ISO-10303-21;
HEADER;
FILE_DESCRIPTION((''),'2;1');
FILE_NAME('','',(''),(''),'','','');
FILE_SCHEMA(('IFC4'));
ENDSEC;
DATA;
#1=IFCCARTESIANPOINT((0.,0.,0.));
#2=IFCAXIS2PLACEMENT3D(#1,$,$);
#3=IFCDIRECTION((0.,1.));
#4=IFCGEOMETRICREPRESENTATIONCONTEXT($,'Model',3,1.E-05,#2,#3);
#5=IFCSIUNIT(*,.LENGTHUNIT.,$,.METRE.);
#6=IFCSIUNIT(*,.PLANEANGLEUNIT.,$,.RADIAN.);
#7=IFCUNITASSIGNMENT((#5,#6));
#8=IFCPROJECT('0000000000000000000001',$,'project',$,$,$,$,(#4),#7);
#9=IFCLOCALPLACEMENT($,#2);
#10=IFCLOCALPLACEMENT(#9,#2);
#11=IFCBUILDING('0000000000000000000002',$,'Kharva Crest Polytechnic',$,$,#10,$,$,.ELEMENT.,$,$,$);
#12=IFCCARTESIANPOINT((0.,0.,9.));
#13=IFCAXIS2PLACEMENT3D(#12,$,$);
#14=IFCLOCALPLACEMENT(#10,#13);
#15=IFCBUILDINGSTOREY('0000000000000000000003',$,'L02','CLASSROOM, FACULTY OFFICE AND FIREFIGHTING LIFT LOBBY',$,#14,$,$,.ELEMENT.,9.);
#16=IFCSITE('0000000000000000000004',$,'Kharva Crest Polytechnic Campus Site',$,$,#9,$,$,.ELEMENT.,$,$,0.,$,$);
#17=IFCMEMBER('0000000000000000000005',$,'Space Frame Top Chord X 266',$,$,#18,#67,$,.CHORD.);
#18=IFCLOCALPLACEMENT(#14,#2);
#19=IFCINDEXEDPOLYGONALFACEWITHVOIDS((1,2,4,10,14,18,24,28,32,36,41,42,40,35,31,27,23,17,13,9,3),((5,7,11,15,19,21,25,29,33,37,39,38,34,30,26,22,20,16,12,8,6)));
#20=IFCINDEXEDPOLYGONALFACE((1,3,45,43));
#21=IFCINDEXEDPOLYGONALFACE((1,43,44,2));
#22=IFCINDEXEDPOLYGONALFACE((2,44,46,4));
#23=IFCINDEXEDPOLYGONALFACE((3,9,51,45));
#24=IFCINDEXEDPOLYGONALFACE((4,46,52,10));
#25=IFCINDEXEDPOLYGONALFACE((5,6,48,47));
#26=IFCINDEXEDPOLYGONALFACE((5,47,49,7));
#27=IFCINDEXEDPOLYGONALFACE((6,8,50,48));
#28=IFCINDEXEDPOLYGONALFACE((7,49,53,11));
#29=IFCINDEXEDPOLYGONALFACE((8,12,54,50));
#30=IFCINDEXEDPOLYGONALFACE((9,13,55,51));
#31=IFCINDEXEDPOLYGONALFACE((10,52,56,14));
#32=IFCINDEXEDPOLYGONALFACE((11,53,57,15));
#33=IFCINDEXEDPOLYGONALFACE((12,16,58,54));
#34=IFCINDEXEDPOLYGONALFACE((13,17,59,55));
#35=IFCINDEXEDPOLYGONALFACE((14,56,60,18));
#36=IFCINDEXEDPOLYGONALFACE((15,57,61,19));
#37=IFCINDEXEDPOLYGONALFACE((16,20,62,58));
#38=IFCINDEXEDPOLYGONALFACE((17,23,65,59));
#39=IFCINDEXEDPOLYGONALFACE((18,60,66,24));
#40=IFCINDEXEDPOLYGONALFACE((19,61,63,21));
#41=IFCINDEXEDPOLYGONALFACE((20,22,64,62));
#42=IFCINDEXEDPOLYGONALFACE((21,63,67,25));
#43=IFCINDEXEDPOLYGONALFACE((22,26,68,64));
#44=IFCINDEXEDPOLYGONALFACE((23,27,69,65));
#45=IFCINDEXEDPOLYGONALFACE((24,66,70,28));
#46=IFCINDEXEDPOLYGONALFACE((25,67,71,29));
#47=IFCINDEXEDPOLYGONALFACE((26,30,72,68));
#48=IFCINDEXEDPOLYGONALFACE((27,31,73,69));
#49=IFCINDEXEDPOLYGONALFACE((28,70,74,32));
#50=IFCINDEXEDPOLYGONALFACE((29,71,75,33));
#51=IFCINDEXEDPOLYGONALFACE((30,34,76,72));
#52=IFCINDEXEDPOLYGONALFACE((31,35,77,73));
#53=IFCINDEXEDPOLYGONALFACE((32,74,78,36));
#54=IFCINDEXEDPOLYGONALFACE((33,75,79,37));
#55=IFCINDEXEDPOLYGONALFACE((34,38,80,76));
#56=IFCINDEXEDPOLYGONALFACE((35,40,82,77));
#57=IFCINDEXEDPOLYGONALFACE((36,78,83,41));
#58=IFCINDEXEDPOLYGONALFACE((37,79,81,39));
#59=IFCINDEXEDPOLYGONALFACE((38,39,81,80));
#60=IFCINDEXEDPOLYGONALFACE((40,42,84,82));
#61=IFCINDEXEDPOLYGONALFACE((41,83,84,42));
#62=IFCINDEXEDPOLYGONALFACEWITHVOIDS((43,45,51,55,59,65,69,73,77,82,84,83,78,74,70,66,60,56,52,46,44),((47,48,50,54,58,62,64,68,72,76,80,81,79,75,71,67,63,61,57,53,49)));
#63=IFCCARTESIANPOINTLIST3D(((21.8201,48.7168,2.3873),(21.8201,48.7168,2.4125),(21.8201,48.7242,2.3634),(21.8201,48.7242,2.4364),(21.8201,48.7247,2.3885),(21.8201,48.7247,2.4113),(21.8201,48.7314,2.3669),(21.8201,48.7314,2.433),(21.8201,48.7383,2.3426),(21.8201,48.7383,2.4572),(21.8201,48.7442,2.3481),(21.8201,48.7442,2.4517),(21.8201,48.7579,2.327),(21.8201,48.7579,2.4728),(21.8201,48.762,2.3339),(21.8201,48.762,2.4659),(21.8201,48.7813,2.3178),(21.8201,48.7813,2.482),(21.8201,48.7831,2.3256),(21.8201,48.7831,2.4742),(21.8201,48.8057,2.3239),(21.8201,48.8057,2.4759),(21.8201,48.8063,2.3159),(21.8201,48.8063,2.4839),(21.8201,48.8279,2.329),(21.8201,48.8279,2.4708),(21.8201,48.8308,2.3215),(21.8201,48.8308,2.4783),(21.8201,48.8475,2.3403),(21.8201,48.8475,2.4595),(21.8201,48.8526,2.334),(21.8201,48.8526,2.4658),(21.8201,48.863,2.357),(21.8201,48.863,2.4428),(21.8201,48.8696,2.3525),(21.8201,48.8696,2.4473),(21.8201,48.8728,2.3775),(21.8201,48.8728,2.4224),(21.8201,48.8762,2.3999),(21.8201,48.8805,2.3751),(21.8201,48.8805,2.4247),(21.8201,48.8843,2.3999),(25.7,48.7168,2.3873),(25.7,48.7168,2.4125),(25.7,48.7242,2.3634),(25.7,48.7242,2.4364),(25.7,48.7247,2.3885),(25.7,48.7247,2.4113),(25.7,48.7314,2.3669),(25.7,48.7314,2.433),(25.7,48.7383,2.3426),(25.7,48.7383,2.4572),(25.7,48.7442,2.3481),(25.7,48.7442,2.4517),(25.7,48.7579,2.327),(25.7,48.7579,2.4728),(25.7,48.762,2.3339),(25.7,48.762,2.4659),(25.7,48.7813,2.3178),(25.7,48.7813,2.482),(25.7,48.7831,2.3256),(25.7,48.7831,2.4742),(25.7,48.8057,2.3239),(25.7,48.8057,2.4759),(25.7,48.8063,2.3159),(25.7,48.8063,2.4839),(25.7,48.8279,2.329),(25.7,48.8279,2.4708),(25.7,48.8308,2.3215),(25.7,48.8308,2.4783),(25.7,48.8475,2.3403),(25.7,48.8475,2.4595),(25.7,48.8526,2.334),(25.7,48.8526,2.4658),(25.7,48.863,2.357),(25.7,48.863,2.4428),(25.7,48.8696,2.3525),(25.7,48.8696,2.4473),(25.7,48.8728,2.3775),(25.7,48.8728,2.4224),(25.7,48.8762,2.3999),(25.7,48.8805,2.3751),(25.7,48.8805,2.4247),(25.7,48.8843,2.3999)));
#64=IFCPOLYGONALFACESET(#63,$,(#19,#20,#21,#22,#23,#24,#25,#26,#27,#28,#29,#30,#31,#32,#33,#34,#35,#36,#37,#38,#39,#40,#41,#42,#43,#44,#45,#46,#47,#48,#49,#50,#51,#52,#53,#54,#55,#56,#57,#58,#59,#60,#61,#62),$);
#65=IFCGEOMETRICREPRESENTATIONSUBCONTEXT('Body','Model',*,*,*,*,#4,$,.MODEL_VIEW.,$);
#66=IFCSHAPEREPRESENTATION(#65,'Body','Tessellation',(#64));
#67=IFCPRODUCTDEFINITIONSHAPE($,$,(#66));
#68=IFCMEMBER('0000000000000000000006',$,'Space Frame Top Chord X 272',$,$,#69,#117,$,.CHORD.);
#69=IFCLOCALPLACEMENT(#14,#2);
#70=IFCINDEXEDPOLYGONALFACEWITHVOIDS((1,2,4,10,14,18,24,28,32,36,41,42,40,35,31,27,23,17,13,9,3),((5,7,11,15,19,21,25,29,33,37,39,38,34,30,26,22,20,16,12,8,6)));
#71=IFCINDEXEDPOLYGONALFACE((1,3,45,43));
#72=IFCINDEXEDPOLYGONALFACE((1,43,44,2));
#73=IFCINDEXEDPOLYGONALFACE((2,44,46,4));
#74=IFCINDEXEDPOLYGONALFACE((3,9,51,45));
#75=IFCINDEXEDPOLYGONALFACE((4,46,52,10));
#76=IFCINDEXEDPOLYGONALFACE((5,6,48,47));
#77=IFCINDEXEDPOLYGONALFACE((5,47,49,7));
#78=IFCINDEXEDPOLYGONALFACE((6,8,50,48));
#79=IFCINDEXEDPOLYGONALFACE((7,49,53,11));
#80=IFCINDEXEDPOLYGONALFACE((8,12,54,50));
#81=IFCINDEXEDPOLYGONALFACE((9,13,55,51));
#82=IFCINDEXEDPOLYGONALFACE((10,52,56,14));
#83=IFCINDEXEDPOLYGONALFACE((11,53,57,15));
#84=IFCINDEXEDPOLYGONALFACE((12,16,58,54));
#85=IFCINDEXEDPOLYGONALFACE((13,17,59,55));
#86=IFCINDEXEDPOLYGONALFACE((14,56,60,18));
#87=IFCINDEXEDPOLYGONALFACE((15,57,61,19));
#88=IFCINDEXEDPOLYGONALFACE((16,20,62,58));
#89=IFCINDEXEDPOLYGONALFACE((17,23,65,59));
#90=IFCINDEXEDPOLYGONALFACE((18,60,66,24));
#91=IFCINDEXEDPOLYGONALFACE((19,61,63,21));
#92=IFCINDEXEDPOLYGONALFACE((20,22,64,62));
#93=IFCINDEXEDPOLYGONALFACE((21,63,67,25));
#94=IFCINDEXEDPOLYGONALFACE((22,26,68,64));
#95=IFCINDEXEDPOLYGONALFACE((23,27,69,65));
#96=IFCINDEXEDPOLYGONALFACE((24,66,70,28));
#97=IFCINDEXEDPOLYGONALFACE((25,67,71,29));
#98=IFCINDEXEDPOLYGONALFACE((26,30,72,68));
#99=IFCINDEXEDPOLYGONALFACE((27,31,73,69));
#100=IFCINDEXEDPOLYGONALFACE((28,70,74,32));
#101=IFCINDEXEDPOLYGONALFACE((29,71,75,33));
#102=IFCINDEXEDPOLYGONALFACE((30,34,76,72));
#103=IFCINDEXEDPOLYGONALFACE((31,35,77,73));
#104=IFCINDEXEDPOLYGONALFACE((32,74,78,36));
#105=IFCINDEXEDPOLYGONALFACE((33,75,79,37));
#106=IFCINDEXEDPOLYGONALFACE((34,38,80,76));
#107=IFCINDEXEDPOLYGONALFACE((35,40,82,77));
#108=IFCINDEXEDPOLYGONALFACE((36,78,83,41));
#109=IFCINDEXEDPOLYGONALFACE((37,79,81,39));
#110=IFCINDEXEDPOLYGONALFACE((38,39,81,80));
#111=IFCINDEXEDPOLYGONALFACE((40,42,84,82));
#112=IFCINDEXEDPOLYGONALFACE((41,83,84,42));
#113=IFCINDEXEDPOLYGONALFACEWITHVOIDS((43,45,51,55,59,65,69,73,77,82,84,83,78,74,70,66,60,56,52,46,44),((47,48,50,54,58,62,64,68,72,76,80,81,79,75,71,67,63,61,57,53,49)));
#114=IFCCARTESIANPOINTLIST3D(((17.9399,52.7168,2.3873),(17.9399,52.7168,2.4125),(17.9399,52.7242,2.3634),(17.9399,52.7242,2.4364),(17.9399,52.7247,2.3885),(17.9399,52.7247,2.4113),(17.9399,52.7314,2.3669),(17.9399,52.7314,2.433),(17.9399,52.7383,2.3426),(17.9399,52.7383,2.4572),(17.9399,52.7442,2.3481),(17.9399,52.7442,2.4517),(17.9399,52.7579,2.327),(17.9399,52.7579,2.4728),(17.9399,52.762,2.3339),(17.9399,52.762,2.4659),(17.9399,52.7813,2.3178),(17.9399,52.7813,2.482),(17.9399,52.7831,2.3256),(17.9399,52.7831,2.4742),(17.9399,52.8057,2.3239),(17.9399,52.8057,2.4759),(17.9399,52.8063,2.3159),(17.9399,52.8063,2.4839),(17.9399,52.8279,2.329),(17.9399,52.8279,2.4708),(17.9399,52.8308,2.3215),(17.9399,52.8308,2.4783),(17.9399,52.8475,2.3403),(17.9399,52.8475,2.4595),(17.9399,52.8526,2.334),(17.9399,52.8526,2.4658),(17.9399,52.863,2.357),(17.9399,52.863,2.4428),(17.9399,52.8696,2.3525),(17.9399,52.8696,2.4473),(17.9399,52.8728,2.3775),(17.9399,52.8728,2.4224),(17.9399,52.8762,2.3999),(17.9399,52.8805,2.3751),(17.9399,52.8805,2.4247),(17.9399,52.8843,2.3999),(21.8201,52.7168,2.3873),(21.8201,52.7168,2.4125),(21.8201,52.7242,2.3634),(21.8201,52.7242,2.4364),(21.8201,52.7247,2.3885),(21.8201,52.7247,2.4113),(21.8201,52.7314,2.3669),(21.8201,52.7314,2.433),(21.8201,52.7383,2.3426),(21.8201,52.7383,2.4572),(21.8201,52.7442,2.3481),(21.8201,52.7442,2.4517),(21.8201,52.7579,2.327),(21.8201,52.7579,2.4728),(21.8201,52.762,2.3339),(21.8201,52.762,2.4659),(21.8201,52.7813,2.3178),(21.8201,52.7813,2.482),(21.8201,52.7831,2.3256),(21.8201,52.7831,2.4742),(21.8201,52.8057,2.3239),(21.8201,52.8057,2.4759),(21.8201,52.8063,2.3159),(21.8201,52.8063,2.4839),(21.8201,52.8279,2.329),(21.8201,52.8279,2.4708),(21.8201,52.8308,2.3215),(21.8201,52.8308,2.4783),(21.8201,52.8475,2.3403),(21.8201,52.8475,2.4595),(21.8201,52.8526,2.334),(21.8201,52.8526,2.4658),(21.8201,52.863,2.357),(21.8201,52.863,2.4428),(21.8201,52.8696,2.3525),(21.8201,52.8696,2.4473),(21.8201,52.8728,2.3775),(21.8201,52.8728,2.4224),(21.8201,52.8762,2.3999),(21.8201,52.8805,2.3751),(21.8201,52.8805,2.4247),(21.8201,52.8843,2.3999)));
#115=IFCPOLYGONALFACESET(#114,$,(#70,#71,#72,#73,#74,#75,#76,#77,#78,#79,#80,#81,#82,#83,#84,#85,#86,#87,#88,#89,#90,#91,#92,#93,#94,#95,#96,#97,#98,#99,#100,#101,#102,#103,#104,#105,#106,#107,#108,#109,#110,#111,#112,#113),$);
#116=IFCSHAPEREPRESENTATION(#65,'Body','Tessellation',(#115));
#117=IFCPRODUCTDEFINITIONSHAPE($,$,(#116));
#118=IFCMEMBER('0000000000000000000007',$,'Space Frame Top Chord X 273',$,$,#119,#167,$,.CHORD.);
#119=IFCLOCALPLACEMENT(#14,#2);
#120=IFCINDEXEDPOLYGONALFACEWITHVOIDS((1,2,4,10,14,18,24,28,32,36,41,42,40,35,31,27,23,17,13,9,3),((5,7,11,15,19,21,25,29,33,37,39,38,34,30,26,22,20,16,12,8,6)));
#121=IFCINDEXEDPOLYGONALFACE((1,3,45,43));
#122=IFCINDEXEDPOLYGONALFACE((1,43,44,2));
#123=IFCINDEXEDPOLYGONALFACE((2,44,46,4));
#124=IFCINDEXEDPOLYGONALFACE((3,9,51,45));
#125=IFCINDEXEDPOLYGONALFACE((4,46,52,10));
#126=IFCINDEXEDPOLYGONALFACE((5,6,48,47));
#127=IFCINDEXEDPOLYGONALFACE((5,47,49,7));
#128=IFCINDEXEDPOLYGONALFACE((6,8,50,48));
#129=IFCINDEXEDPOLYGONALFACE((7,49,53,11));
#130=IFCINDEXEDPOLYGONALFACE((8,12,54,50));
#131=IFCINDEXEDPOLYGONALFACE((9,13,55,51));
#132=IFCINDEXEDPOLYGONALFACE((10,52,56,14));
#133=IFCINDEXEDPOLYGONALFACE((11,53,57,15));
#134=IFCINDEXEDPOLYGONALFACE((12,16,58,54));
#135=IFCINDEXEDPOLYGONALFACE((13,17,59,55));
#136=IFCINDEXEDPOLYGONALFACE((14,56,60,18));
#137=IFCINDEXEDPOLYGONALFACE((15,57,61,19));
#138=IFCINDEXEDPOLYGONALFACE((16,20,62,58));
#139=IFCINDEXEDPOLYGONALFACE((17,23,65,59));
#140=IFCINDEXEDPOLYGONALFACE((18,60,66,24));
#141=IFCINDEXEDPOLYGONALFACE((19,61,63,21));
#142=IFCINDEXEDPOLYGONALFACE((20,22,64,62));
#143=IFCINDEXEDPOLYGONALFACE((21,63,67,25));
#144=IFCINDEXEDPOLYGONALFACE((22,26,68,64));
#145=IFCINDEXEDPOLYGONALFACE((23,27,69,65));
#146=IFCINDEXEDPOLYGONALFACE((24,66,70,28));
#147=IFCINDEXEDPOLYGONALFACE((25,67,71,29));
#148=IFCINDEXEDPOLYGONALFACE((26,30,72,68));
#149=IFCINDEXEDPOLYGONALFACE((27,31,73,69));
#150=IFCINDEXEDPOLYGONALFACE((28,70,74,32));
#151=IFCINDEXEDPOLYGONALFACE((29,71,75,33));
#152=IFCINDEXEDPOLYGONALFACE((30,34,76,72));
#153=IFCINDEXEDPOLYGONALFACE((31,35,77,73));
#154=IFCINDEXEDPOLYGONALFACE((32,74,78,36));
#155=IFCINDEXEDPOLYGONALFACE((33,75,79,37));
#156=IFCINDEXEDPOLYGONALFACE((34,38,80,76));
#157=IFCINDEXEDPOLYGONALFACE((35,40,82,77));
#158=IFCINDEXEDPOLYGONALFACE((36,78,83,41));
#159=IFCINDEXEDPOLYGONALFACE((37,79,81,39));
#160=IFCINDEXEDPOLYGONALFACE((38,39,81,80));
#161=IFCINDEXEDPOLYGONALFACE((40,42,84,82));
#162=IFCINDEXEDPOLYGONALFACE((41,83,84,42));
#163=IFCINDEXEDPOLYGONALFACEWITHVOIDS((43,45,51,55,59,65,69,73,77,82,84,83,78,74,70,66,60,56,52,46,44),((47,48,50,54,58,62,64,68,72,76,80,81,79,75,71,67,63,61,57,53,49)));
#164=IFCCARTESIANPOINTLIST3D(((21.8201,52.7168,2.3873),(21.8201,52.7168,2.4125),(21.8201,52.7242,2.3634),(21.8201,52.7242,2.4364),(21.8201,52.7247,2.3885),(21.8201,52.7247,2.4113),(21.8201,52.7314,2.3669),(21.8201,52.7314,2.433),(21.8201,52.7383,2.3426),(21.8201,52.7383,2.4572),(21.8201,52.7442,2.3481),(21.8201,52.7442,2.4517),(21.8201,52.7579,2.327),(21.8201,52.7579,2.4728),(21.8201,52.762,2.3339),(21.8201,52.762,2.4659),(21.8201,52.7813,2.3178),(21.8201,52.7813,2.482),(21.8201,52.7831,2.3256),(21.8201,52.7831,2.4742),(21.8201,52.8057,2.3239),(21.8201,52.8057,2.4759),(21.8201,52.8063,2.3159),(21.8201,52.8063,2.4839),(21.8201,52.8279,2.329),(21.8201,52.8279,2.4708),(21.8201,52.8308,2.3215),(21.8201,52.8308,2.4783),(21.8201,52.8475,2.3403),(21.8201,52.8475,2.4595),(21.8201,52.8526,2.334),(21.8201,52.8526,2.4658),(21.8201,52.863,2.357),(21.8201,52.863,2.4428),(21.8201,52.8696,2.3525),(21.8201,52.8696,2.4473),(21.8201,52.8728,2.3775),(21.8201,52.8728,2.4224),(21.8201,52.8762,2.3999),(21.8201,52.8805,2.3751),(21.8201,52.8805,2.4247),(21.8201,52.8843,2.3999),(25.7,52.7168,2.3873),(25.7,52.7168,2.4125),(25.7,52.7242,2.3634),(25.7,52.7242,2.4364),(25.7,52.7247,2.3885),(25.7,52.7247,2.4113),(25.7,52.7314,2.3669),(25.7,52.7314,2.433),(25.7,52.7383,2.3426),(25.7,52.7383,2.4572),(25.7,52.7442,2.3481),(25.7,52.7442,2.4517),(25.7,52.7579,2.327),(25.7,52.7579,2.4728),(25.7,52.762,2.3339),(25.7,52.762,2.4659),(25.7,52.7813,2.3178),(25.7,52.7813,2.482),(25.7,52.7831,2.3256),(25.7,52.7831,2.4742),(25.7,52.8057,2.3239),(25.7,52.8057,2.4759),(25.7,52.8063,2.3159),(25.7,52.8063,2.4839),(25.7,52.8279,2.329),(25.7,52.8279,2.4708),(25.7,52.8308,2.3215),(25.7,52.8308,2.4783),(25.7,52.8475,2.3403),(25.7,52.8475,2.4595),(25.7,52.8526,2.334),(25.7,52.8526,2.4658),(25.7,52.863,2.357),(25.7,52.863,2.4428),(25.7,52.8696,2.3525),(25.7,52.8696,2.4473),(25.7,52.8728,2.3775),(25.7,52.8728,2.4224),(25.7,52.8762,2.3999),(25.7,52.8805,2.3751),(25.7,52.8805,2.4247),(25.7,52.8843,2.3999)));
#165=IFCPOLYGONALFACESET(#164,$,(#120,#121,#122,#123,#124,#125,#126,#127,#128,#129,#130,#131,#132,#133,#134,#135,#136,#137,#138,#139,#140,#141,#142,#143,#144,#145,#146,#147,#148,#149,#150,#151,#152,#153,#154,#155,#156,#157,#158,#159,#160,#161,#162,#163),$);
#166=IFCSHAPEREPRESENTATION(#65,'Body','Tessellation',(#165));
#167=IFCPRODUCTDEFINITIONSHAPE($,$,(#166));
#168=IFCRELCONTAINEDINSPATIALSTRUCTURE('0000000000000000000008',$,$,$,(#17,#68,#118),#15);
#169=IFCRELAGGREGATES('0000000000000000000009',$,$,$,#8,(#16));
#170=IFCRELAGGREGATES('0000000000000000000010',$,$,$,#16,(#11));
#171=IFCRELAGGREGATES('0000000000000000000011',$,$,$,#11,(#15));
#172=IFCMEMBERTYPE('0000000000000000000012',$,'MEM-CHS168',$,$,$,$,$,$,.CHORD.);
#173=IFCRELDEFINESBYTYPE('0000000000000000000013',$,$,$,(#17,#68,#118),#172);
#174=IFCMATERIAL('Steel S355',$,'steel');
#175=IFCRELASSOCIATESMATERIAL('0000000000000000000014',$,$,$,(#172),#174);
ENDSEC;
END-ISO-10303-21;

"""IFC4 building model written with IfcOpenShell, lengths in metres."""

from ifc_helpers import new_model, si_unit, direction, frame, origin, origin_2d, place, context, subcontext, project, spatial, hollow_circle, extrude, material, material_profile, profile_set, type_object, element, save


model = new_model("IFC4")

# Units and contexts
model_context = context("Model", 3, precision=1e-05, world=origin(), true_north=direction((0.0, 1.0)))
body_context = subcontext(model_context, "Body", "Model", "MODEL_VIEW")
ifc_project = project(units=[si_unit("LENGTHUNIT", "METRE"), si_unit("PLANEANGLEUNIT", "RADIAN")], contexts=[model_context])

# Site, building, storey
site_placement = place(None, origin())
site = spatial("IfcSite", under=ifc_project, at=site_placement, Name="Kharva Crest Polytechnic Campus Site", CompositionType="ELEMENT", RefElevation=0.0)
building_placement = place(site_placement, origin())
building = spatial("IfcBuilding", under=site, at=building_placement, Name="Kharva Crest Polytechnic", CompositionType="ELEMENT")
storey_placement = place(building_placement, frame((0.0, 0.0, 9.0)))
storey = spatial("IfcBuildingStorey", under=building, at=storey_placement, Name="L02", Description="CLASSROOM, FACULTY OFFICE AND FIREFIGHTING LIFT LOBBY", CompositionType="ELEMENT", Elevation=9.0)

# Shared definitions
ifc_material_1 = material(Name="Steel S355", Category="steel")

# Members
ifc_material_profile_1 = material_profile(ifc_material_1, hollow_circle(Radius=0.0842, WallThickness=0.0081, at=origin_2d()), Name="CHS 168.3X8.0")
ifc_profile_set_1 = profile_set([ifc_material_profile_1], Name="Steel S355")
member_type_1 = type_object("IfcMemberType", Name="MEM-CHS168", PredefinedType="CHORD", material=ifc_profile_set_1)
member_1_placement = place(storey_placement, frame((21.8201, 48.8, 2.3999), z_axis=(1.0, 0.0, 0.0), x_axis=(0.0, 1.0, 0.0)))
element("IfcMember", 1, at=member_1_placement, inside=storey, type_object=member_type_1, Name="Space Frame Top Chord X 266", PredefinedType="CHORD", context=body_context, shape_type="SweptSolid", body=[
    extrude(hollow_circle(Radius=0.0842, WallThickness=0.0081, at=origin_2d()), origin(), (0.0, 0.0, 1.0), 3.8799),
])
member_2_placement = place(storey_placement, frame((17.9399, 52.8, 2.3999), z_axis=(1.0, 0.0, 0.0), x_axis=(0.0, 1.0, 0.0)))
element("IfcMember", 2, at=member_2_placement, inside=storey, type_object=member_type_1, Name="Space Frame Top Chord X 272", PredefinedType="CHORD", context=body_context, shape_type="SweptSolid", body=[
    extrude(hollow_circle(Radius=0.0842, WallThickness=0.0081, at=origin_2d()), origin(), (0.0, 0.0, 1.0), 3.8801),
])
member_3_placement = place(storey_placement, frame((21.8201, 52.8, 2.3999), z_axis=(1.0, 0.0, 0.0), x_axis=(0.0, 1.0, 0.0)))
element("IfcMember", 3, at=member_3_placement, inside=storey, type_object=member_type_1, Name="Space Frame Top Chord X 273", PredefinedType="CHORD", context=body_context, shape_type="SweptSolid", body=[
    extrude(hollow_circle(Radius=0.0842, WallThickness=0.0081, at=origin_2d()), origin(), (0.0, 0.0, 1.0), 3.8799),
])

save(model, "model.ifc")
